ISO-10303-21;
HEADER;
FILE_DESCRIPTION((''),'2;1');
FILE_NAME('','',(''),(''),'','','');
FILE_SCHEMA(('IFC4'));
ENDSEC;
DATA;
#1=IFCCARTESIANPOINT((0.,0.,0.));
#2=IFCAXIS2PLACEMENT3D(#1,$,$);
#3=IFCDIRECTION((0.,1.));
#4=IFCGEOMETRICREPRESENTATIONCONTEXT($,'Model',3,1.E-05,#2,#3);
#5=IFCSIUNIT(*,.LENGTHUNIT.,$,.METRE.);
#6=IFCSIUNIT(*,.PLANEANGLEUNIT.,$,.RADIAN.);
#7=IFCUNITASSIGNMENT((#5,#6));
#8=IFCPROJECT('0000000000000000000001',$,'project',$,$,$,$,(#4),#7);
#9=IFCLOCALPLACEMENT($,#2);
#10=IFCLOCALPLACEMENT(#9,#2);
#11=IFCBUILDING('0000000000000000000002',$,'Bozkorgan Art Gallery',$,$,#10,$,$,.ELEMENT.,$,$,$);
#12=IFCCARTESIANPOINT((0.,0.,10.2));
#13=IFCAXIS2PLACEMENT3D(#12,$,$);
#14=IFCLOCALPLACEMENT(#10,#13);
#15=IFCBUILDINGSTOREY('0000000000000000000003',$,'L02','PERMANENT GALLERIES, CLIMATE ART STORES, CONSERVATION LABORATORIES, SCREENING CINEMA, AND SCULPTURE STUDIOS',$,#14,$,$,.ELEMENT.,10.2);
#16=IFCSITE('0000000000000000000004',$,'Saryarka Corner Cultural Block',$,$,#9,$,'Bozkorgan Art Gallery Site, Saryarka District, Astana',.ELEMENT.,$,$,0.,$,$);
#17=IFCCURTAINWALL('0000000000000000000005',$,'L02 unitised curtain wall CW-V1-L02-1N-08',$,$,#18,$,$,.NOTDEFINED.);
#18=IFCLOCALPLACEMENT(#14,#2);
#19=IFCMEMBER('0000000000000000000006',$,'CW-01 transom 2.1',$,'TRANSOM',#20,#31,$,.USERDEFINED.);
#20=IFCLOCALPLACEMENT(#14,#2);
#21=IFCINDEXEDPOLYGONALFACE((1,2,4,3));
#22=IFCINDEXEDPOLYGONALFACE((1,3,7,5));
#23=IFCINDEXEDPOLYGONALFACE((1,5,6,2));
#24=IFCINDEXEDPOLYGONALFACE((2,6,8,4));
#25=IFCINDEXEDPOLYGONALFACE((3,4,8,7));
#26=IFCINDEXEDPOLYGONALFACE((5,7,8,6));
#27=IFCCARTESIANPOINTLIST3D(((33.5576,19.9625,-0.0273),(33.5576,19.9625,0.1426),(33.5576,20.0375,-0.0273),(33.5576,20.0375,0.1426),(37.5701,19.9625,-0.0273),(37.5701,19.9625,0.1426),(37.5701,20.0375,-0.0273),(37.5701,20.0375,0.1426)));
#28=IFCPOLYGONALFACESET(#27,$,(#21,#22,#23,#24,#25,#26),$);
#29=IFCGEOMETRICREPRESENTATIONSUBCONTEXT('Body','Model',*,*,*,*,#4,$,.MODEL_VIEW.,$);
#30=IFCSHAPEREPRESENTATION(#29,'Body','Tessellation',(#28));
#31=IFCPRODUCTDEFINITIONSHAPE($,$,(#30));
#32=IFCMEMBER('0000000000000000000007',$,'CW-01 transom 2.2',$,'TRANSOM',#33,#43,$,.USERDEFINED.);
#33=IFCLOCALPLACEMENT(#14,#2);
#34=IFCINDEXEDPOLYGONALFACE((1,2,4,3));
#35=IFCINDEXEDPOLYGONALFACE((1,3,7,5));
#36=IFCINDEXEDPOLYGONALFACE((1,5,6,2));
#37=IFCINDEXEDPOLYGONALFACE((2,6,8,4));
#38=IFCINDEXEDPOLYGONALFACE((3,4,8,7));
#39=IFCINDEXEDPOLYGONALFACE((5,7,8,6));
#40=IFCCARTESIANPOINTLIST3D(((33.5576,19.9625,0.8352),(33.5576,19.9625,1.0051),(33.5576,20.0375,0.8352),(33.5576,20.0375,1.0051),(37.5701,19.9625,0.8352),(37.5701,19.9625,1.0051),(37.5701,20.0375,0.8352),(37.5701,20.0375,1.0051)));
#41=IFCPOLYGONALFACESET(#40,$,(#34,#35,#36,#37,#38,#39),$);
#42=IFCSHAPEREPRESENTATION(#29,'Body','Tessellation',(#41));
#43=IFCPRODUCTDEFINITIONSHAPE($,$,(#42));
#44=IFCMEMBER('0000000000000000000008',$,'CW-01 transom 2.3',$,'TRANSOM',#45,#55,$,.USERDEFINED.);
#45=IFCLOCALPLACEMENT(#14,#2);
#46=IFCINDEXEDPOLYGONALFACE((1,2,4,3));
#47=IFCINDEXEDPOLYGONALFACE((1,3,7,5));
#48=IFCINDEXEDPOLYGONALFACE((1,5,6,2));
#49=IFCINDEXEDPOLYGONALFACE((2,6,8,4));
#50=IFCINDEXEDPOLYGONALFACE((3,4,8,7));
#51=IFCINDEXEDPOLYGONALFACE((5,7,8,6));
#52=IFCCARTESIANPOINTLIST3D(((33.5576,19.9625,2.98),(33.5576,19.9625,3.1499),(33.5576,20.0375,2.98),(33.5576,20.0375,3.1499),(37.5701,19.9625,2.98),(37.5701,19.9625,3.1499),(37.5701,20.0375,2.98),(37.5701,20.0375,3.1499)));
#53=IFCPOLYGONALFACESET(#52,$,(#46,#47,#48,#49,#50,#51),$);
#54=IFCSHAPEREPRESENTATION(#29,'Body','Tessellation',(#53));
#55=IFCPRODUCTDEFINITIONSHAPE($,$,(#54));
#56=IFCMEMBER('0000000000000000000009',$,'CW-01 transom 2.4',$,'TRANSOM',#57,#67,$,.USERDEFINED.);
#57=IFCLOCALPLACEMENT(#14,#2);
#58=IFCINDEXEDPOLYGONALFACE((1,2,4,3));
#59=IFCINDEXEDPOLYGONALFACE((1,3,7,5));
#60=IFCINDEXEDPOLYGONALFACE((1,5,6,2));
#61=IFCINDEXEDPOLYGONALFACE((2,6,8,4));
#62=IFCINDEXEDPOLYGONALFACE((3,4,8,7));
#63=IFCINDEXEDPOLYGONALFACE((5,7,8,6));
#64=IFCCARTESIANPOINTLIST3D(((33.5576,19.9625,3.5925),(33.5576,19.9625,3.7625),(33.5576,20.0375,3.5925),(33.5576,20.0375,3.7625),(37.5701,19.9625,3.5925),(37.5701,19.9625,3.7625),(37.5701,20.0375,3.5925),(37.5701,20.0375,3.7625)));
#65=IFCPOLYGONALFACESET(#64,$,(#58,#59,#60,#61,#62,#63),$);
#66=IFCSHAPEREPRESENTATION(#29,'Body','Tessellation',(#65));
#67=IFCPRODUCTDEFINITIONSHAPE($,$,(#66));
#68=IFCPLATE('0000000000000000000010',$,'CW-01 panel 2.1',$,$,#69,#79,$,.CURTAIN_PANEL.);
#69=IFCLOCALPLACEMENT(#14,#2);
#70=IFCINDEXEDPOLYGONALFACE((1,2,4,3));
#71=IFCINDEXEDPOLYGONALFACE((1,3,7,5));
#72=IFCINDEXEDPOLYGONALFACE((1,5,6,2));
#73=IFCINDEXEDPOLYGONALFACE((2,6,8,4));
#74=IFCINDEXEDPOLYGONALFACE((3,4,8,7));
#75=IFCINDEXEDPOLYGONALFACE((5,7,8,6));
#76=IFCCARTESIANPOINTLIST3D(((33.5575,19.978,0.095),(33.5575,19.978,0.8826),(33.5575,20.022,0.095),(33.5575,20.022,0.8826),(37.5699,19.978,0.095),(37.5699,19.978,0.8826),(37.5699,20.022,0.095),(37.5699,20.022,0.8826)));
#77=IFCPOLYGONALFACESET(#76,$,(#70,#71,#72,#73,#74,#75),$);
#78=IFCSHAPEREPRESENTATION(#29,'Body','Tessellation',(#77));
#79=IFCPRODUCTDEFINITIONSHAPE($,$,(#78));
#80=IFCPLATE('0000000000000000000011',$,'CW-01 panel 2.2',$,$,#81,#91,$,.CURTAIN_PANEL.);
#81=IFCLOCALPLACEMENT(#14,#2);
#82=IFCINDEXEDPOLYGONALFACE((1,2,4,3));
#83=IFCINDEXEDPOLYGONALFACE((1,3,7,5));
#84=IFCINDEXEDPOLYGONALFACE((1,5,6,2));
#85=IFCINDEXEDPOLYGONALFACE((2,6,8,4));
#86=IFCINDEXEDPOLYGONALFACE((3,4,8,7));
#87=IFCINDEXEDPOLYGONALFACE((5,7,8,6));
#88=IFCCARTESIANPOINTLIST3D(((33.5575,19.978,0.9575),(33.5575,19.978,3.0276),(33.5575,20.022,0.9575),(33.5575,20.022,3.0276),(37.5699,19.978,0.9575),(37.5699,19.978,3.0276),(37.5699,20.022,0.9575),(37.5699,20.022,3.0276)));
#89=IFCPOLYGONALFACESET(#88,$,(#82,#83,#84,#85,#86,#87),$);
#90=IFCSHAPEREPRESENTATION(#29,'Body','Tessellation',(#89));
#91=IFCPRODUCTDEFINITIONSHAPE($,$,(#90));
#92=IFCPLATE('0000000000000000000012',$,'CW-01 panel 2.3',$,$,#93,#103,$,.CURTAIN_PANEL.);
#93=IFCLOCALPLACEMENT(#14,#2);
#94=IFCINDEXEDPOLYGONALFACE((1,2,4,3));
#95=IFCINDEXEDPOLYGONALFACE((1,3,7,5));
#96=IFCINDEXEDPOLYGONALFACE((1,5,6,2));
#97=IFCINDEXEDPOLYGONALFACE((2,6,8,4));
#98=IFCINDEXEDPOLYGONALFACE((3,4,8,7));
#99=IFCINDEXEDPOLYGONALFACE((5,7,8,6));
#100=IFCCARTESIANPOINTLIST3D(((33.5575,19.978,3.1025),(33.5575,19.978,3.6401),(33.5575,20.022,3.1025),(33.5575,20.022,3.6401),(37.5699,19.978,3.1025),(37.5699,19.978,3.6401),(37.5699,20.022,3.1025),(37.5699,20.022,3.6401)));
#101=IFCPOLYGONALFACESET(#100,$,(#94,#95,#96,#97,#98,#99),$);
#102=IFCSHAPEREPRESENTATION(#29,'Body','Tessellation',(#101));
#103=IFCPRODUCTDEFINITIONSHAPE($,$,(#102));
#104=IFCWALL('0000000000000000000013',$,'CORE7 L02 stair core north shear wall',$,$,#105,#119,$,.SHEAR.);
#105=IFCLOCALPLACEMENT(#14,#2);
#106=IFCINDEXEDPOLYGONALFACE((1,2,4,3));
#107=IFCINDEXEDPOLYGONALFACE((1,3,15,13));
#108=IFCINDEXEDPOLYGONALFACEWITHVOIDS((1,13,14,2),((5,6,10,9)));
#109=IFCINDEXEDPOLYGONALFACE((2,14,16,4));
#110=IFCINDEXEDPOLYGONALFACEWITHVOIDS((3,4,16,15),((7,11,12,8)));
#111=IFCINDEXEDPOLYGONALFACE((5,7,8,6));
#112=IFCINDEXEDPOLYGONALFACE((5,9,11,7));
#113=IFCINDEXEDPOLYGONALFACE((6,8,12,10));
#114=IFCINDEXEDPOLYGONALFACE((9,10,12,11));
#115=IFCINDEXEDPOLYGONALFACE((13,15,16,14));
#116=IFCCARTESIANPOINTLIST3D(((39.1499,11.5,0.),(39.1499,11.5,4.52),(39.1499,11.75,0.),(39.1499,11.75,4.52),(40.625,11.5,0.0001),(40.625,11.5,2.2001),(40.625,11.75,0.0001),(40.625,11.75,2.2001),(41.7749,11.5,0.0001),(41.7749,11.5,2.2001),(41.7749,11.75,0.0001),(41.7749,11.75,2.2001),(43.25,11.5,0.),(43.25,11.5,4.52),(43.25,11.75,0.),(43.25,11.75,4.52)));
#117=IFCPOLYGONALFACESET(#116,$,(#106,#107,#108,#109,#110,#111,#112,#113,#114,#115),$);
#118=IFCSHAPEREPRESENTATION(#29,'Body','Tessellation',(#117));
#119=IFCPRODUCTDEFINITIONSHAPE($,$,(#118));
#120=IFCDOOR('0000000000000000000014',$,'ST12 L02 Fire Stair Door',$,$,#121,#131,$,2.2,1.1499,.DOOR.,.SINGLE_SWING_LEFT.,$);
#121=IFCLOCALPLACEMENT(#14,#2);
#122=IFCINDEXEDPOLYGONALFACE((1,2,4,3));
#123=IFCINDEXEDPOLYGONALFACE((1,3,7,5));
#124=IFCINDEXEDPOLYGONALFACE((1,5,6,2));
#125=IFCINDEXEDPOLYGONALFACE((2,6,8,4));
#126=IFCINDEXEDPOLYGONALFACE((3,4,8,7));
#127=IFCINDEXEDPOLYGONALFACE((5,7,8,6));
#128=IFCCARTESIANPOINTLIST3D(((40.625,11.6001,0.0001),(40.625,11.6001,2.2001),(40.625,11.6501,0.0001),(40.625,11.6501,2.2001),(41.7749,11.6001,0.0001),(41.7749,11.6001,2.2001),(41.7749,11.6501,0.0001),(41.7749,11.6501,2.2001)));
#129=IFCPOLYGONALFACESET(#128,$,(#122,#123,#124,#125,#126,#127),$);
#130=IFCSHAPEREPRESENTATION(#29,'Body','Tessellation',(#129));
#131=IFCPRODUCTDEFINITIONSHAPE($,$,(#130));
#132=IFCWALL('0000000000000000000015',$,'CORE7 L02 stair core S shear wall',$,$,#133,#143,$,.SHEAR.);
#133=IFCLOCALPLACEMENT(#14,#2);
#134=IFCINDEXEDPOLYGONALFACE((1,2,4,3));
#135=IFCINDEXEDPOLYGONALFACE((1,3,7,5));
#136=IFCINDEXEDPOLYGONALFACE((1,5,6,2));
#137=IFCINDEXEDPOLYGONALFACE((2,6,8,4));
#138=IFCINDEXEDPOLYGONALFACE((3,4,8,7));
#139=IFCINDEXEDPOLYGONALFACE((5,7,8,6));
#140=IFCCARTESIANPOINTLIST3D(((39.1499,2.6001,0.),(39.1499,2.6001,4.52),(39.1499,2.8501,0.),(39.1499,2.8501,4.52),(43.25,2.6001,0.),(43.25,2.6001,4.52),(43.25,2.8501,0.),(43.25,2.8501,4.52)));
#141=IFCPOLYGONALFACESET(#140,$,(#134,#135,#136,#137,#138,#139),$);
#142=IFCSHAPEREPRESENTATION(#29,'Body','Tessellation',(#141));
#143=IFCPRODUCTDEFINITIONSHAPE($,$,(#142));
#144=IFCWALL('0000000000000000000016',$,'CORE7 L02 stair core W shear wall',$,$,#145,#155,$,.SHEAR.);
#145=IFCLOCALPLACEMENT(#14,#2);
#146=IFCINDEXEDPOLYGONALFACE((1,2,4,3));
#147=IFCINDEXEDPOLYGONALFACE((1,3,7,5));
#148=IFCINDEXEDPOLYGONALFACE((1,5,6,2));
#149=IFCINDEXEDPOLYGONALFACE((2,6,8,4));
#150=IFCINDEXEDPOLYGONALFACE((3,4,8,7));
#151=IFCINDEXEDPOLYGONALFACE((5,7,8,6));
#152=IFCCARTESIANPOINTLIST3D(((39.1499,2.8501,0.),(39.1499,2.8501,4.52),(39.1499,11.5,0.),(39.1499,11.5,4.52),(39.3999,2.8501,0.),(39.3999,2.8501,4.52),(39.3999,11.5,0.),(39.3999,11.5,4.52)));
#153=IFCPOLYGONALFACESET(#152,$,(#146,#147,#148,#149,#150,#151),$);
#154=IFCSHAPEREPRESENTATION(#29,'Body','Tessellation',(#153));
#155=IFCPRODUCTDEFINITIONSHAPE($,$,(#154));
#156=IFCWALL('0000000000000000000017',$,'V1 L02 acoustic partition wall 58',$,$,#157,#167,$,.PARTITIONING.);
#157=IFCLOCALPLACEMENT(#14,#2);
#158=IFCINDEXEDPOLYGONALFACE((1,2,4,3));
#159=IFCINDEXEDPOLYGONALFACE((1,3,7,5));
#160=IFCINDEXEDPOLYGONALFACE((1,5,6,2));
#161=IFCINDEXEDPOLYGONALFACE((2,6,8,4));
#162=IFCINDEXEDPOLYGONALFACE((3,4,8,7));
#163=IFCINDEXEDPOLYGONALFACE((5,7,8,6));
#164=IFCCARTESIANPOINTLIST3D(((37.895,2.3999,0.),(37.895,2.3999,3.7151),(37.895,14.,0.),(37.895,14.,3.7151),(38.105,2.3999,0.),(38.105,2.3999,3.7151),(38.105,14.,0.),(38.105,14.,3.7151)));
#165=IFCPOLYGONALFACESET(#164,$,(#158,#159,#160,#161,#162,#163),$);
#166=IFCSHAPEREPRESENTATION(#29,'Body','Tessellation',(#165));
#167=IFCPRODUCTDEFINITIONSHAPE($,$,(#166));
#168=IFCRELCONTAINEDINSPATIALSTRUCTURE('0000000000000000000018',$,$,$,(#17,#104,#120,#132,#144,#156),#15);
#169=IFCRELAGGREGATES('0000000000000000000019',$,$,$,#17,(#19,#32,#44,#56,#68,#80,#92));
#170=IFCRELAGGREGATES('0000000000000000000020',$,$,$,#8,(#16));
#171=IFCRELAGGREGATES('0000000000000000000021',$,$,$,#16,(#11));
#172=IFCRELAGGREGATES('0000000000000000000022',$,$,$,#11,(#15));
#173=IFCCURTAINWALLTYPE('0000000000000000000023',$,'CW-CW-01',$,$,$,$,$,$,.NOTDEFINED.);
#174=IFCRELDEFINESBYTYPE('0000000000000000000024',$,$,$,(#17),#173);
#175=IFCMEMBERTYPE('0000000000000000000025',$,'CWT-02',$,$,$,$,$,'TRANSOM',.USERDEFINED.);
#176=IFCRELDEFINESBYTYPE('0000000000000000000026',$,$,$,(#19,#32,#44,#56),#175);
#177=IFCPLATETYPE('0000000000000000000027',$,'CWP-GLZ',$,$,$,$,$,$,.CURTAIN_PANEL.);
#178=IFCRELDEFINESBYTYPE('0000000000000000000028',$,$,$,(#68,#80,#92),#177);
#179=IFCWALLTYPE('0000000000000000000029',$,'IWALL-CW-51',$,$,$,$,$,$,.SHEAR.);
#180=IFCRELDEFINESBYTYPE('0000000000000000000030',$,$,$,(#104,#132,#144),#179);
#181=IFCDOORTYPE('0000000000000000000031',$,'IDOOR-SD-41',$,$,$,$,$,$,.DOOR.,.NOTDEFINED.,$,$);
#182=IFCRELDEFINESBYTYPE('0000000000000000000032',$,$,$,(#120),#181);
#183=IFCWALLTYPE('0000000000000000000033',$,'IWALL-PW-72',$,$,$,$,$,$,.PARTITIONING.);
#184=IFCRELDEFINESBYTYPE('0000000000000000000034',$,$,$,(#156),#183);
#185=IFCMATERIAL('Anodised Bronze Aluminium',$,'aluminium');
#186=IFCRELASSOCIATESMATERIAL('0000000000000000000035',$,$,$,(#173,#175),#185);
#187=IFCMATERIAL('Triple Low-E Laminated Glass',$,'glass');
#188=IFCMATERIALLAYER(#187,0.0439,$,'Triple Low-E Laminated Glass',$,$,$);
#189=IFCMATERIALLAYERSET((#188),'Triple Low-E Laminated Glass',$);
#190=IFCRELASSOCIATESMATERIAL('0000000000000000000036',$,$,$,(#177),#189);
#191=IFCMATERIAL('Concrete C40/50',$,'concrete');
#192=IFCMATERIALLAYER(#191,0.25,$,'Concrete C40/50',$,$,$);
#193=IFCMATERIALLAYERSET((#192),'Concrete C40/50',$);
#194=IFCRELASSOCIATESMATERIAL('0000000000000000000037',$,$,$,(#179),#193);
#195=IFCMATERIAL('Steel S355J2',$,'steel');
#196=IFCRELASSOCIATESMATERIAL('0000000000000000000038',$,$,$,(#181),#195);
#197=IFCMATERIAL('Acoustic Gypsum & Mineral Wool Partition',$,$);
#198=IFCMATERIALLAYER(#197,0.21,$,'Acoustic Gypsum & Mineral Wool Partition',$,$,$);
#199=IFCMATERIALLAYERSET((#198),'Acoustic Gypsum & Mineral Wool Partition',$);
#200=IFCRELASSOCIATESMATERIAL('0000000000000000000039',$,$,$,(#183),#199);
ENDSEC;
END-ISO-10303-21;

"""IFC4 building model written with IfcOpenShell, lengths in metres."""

from ifc_helpers import new_model, si_unit, direction, frame, frame_2d, origin, origin_2d, place, context, subcontext, project, spatial, rectangle, extrude, material, layer, layer_set, material_profile, profile_set, type_object, element, fill, aggregate, save


model = new_model("IFC4")

# Units and contexts
model_context = context("Model", 3, precision=1e-05, world=origin(), true_north=direction((0.0, 1.0)))
body_context = subcontext(model_context, "Body", "Model", "MODEL_VIEW")
ifc_project = project(units=[si_unit("LENGTHUNIT", "METRE"), si_unit("PLANEANGLEUNIT", "RADIAN")], contexts=[model_context])

# Site, building, storey
site_placement = place(None, origin())
site = spatial("IfcSite", under=ifc_project, at=site_placement, Name="Saryarka Corner Cultural Block", LongName="Bozkorgan Art Gallery Site, Saryarka District, Astana", CompositionType="ELEMENT", RefElevation=0.0)
building_placement = place(site_placement, origin())
building = spatial("IfcBuilding", under=site, at=building_placement, Name="Bozkorgan Art Gallery", CompositionType="ELEMENT")
storey_placement = place(building_placement, frame((0.0, 0.0, 10.2)))
storey = spatial("IfcBuildingStorey", under=building, at=storey_placement, Name="L02", Description="PERMANENT GALLERIES, CLIMATE ART STORES, CONSERVATION LABORATORIES, SCREENING CINEMA, AND SCULPTURE STUDIOS", CompositionType="ELEMENT", Elevation=10.2)

# Shared definitions
ifc_material_1 = material(Name="Concrete C40/50", Category="concrete")

# Shared definitions
ifc_material_2 = material(Name="Steel S355J2", Category="steel")

# Curtain wall, members, plates
ifc_material_3 = material(Name="Anodised Bronze Aluminium", Category="aluminium")
curtain_wall_type = type_object("IfcCurtainWallType", Name="CW-CW-01", PredefinedType="NOTDEFINED", material=ifc_material_3)
curtain_wall_placement = place(storey_placement, origin())
curtain_wall = element("IfcCurtainWall", 1, at=curtain_wall_placement, inside=storey, type_object=curtain_wall_type, Name="L02 unitised curtain wall CW-V1-L02-1N-08", PredefinedType="NOTDEFINED")
ifc_material_profile_1 = material_profile(ifc_material_3, rectangle(XDim=0.075, YDim=0.1699, at=origin_2d()), Name="ALU TRANSOM 75x170")
ifc_profile_set_1 = profile_set([ifc_material_profile_1], Name="Anodised Bronze Aluminium")
member_type_1 = type_object("IfcMemberType", Name="CWT-02", ElementType="TRANSOM", PredefinedType="USERDEFINED", material=ifc_profile_set_1)
member_1_placement = place(storey_placement, frame((33.5576, 20.0, 0.0576), z_axis=(1.0, 0.0, 0.0), x_axis=(0.0, 1.0, 0.0)))
member_1 = element("IfcMember", 2, at=member_1_placement, type_object=member_type_1, Name="CW-01 transom 2.1", ObjectType="TRANSOM", PredefinedType="USERDEFINED", context=body_context, shape_type="SweptSolid", body=[
    extrude(rectangle(XDim=0.075, YDim=0.1699, at=origin_2d()), origin(), (0.0, 0.0, 1.0), 4.0125),
])
member_2_placement = place(storey_placement, frame((33.5576, 20.0, 0.9202), z_axis=(1.0, 0.0, 0.0), x_axis=(0.0, 1.0, 0.0)))
member_2 = element("IfcMember", 3, at=member_2_placement, type_object=member_type_1, Name="CW-01 transom 2.2", ObjectType="TRANSOM", PredefinedType="USERDEFINED", context=body_context, shape_type="SweptSolid", body=[
    extrude(rectangle(XDim=0.075, YDim=0.1699, at=origin_2d()), origin(), (0.0, 0.0, 1.0), 4.0125),
])
member_3_placement = place(storey_placement, frame((33.5576, 20.0, 3.0649), z_axis=(1.0, 0.0, 0.0), x_axis=(0.0, 1.0, 0.0)))
member_3 = element("IfcMember", 4, at=member_3_placement, type_object=member_type_1, Name="CW-01 transom 2.3", ObjectType="TRANSOM", PredefinedType="USERDEFINED", context=body_context, shape_type="SweptSolid", body=[
    extrude(rectangle(XDim=0.075, YDim=0.1699, at=origin_2d()), origin(), (0.0, 0.0, 1.0), 4.0125),
])
member_4_placement = place(storey_placement, frame((33.5576, 20.0, 3.6775), z_axis=(1.0, 0.0, 0.0), x_axis=(0.0, 1.0, 0.0)))
member_4 = element("IfcMember", 5, at=member_4_placement, type_object=member_type_1, Name="CW-01 transom 2.4", ObjectType="TRANSOM", PredefinedType="USERDEFINED", context=body_context, shape_type="SweptSolid", body=[
    extrude(rectangle(XDim=0.075, YDim=0.1699, at=origin_2d()), origin(), (0.0, 0.0, 1.0), 4.0125),
])
ifc_material_4 = material(Name="Triple Low-E Laminated Glass", Category="glass")
ifc_layer_1 = layer(ifc_material_4, 0.0439, Name="Triple Low-E Laminated Glass")
ifc_layer_set_1 = layer_set([ifc_layer_1], Name="Triple Low-E Laminated Glass")
plate_type = type_object("IfcPlateType", Name="CWP-GLZ", PredefinedType="CURTAIN_PANEL", material=ifc_layer_set_1)
plate_1_placement = place(storey_placement, frame((35.5637, 20.0, 0.095), z_axis=(0.0, 0.0, 1.0), x_axis=(1.0, 0.0, 0.0)))
plate_1 = element("IfcPlate", 6, at=plate_1_placement, type_object=plate_type, Name="CW-01 panel 2.1", PredefinedType="CURTAIN_PANEL", context=body_context, shape_type="SweptSolid", body=[
    extrude(rectangle(XDim=4.0125, YDim=0.0439, at=origin_2d()), origin(), (0.0, 0.0, 1.0), 0.7876),
])
plate_2_placement = place(storey_placement, frame((35.5637, 20.0, 0.9575), z_axis=(0.0, 0.0, 1.0), x_axis=(1.0, 0.0, 0.0)))
plate_2 = element("IfcPlate", 7, at=plate_2_placement, type_object=plate_type, Name="CW-01 panel 2.2", PredefinedType="CURTAIN_PANEL", context=body_context, shape_type="SweptSolid", body=[
    extrude(rectangle(XDim=4.0125, YDim=0.0439, at=origin_2d()), origin(), (0.0, 0.0, 1.0), 2.0701),
])
plate_3_placement = place(storey_placement, frame((35.5637, 20.0, 3.1025), z_axis=(0.0, 0.0, 1.0), x_axis=(1.0, 0.0, 0.0)))
plate_3 = element("IfcPlate", 8, at=plate_3_placement, type_object=plate_type, Name="CW-01 panel 2.3", PredefinedType="CURTAIN_PANEL", context=body_context, shape_type="SweptSolid", body=[
    extrude(rectangle(XDim=4.0125, YDim=0.0439, at=origin_2d()), origin(), (0.0, 0.0, 1.0), 0.5376),
])
aggregate(curtain_wall, [member_1, member_2, member_3, member_4, plate_1, plate_2, plate_3])

# Wall, opening, door
ifc_layer_2 = layer(ifc_material_1, 0.25, Name="Concrete C40/50")
ifc_layer_set_2 = layer_set([ifc_layer_2], Name="Concrete C40/50")
wall_type_1 = type_object("IfcWallType", Name="IWALL-CW-51", PredefinedType="SHEAR", material=ifc_layer_set_2)
wall_1_placement = place(storey_placement, frame((39.1499, 11.625, 0.0), z_axis=(0.0, 0.0, 1.0), x_axis=(1.0, 0.0, 0.0)))
wall_1 = element("IfcWall", 9, at=wall_1_placement, inside=storey, type_object=wall_type_1, Name="CORE7 L02 stair core north shear wall", PredefinedType="SHEAR", context=body_context, shape_type="SweptSolid", body=[
    extrude(rectangle(XDim=4.1001, YDim=0.25, at=frame_2d((2.05, 0.0))), origin(), (0.0, 0.0, 1.0), 4.52),
])
opening_1_placement = place(wall_1_placement, frame((2.625, 0.0, 0.0), z_axis=(0.0, 0.0, 1.0), x_axis=(-1.0, 0.0, 0.0)))
opening_1 = element("IfcOpeningElement", 10, at=opening_1_placement, cuts=wall_1, PredefinedType="OPENING", context=body_context, shape_type="SweptSolid", body=[
    extrude(rectangle(XDim=1.1499, YDim=2.2, at=frame_2d((0.575, 1.1001))), frame((0.0, 0.135, 0.0), z_axis=(0.0, -1.0, 0.0), x_axis=(1.0, 0.0, 0.0)), (0.0, 0.0, 1.0), 0.27),
])
door_type = type_object("IfcDoorType", Name="IDOOR-SD-41", OperationType="NOTDEFINED", PredefinedType="DOOR", material=ifc_material_2)
door_placement = place(opening_1_placement, origin())
door = element("IfcDoor", 11, at=door_placement, inside=storey, type_object=door_type, Name="ST12 L02 Fire Stair Door", OperationType="SINGLE_SWING_LEFT", OverallHeight=2.2, OverallWidth=1.1499, PredefinedType="DOOR", context=body_context, shape_type="SweptSolid", body=[
    extrude(rectangle(XDim=1.1499, YDim=2.2, at=frame_2d((0.575, 1.1001))), frame((0.0, 0.0249, 0.0), z_axis=(0.0, -1.0, 0.0), x_axis=(1.0, 0.0, 0.0)), (0.0, 0.0, 1.0), 0.05),
])
fill(opening_1, door)

# Walls
wall_2_placement = place(storey_placement, frame((39.1499, 2.7251, 0.0), z_axis=(0.0, 0.0, 1.0), x_axis=(1.0, 0.0, 0.0)))
element("IfcWall", 12, at=wall_2_placement, inside=storey, type_object=wall_type_1, Name="CORE7 L02 stair core S shear wall", PredefinedType="SHEAR", context=body_context, shape_type="SweptSolid", body=[
    extrude(rectangle(XDim=4.1001, YDim=0.25, at=frame_2d((2.05, 0.0))), origin(), (0.0, 0.0, 1.0), 4.52),
])
wall_3_placement = place(storey_placement, frame((39.2749, 2.8501, 0.0), z_axis=(0.0, 0.0, 1.0), x_axis=(0.0, 1.0, 0.0)))
element("IfcWall", 13, at=wall_3_placement, inside=storey, type_object=wall_type_1, Name="CORE7 L02 stair core W shear wall", PredefinedType="SHEAR", context=body_context, shape_type="SweptSolid", body=[
    extrude(rectangle(XDim=8.6499, YDim=0.25, at=frame_2d((4.325, 0.0))), origin(), (0.0, 0.0, 1.0), 4.52),
])
ifc_material_5 = material(Name="Acoustic Gypsum & Mineral Wool Partition")
ifc_layer_3 = layer(ifc_material_5, 0.21, Name="Acoustic Gypsum & Mineral Wool Partition")
ifc_layer_set_3 = layer_set([ifc_layer_3], Name="Acoustic Gypsum & Mineral Wool Partition")
wall_type_2 = type_object("IfcWallType", Name="IWALL-PW-72", PredefinedType="PARTITIONING", material=ifc_layer_set_3)
wall_4_placement = place(storey_placement, frame((38.0, 2.3999, 0.0), z_axis=(0.0, 0.0, 1.0), x_axis=(0.0, 1.0, 0.0)))
element("IfcWall", 14, at=wall_4_placement, inside=storey, type_object=wall_type_2, Name="V1 L02 acoustic partition wall 58", PredefinedType="PARTITIONING", context=body_context, shape_type="SweptSolid", body=[
    extrude(rectangle(XDim=11.6001, YDim=0.21, at=frame_2d((5.8, 0.0))), origin(), (0.0, 0.0, 1.0), 3.7151),
])

save(model, "model.ifc")
